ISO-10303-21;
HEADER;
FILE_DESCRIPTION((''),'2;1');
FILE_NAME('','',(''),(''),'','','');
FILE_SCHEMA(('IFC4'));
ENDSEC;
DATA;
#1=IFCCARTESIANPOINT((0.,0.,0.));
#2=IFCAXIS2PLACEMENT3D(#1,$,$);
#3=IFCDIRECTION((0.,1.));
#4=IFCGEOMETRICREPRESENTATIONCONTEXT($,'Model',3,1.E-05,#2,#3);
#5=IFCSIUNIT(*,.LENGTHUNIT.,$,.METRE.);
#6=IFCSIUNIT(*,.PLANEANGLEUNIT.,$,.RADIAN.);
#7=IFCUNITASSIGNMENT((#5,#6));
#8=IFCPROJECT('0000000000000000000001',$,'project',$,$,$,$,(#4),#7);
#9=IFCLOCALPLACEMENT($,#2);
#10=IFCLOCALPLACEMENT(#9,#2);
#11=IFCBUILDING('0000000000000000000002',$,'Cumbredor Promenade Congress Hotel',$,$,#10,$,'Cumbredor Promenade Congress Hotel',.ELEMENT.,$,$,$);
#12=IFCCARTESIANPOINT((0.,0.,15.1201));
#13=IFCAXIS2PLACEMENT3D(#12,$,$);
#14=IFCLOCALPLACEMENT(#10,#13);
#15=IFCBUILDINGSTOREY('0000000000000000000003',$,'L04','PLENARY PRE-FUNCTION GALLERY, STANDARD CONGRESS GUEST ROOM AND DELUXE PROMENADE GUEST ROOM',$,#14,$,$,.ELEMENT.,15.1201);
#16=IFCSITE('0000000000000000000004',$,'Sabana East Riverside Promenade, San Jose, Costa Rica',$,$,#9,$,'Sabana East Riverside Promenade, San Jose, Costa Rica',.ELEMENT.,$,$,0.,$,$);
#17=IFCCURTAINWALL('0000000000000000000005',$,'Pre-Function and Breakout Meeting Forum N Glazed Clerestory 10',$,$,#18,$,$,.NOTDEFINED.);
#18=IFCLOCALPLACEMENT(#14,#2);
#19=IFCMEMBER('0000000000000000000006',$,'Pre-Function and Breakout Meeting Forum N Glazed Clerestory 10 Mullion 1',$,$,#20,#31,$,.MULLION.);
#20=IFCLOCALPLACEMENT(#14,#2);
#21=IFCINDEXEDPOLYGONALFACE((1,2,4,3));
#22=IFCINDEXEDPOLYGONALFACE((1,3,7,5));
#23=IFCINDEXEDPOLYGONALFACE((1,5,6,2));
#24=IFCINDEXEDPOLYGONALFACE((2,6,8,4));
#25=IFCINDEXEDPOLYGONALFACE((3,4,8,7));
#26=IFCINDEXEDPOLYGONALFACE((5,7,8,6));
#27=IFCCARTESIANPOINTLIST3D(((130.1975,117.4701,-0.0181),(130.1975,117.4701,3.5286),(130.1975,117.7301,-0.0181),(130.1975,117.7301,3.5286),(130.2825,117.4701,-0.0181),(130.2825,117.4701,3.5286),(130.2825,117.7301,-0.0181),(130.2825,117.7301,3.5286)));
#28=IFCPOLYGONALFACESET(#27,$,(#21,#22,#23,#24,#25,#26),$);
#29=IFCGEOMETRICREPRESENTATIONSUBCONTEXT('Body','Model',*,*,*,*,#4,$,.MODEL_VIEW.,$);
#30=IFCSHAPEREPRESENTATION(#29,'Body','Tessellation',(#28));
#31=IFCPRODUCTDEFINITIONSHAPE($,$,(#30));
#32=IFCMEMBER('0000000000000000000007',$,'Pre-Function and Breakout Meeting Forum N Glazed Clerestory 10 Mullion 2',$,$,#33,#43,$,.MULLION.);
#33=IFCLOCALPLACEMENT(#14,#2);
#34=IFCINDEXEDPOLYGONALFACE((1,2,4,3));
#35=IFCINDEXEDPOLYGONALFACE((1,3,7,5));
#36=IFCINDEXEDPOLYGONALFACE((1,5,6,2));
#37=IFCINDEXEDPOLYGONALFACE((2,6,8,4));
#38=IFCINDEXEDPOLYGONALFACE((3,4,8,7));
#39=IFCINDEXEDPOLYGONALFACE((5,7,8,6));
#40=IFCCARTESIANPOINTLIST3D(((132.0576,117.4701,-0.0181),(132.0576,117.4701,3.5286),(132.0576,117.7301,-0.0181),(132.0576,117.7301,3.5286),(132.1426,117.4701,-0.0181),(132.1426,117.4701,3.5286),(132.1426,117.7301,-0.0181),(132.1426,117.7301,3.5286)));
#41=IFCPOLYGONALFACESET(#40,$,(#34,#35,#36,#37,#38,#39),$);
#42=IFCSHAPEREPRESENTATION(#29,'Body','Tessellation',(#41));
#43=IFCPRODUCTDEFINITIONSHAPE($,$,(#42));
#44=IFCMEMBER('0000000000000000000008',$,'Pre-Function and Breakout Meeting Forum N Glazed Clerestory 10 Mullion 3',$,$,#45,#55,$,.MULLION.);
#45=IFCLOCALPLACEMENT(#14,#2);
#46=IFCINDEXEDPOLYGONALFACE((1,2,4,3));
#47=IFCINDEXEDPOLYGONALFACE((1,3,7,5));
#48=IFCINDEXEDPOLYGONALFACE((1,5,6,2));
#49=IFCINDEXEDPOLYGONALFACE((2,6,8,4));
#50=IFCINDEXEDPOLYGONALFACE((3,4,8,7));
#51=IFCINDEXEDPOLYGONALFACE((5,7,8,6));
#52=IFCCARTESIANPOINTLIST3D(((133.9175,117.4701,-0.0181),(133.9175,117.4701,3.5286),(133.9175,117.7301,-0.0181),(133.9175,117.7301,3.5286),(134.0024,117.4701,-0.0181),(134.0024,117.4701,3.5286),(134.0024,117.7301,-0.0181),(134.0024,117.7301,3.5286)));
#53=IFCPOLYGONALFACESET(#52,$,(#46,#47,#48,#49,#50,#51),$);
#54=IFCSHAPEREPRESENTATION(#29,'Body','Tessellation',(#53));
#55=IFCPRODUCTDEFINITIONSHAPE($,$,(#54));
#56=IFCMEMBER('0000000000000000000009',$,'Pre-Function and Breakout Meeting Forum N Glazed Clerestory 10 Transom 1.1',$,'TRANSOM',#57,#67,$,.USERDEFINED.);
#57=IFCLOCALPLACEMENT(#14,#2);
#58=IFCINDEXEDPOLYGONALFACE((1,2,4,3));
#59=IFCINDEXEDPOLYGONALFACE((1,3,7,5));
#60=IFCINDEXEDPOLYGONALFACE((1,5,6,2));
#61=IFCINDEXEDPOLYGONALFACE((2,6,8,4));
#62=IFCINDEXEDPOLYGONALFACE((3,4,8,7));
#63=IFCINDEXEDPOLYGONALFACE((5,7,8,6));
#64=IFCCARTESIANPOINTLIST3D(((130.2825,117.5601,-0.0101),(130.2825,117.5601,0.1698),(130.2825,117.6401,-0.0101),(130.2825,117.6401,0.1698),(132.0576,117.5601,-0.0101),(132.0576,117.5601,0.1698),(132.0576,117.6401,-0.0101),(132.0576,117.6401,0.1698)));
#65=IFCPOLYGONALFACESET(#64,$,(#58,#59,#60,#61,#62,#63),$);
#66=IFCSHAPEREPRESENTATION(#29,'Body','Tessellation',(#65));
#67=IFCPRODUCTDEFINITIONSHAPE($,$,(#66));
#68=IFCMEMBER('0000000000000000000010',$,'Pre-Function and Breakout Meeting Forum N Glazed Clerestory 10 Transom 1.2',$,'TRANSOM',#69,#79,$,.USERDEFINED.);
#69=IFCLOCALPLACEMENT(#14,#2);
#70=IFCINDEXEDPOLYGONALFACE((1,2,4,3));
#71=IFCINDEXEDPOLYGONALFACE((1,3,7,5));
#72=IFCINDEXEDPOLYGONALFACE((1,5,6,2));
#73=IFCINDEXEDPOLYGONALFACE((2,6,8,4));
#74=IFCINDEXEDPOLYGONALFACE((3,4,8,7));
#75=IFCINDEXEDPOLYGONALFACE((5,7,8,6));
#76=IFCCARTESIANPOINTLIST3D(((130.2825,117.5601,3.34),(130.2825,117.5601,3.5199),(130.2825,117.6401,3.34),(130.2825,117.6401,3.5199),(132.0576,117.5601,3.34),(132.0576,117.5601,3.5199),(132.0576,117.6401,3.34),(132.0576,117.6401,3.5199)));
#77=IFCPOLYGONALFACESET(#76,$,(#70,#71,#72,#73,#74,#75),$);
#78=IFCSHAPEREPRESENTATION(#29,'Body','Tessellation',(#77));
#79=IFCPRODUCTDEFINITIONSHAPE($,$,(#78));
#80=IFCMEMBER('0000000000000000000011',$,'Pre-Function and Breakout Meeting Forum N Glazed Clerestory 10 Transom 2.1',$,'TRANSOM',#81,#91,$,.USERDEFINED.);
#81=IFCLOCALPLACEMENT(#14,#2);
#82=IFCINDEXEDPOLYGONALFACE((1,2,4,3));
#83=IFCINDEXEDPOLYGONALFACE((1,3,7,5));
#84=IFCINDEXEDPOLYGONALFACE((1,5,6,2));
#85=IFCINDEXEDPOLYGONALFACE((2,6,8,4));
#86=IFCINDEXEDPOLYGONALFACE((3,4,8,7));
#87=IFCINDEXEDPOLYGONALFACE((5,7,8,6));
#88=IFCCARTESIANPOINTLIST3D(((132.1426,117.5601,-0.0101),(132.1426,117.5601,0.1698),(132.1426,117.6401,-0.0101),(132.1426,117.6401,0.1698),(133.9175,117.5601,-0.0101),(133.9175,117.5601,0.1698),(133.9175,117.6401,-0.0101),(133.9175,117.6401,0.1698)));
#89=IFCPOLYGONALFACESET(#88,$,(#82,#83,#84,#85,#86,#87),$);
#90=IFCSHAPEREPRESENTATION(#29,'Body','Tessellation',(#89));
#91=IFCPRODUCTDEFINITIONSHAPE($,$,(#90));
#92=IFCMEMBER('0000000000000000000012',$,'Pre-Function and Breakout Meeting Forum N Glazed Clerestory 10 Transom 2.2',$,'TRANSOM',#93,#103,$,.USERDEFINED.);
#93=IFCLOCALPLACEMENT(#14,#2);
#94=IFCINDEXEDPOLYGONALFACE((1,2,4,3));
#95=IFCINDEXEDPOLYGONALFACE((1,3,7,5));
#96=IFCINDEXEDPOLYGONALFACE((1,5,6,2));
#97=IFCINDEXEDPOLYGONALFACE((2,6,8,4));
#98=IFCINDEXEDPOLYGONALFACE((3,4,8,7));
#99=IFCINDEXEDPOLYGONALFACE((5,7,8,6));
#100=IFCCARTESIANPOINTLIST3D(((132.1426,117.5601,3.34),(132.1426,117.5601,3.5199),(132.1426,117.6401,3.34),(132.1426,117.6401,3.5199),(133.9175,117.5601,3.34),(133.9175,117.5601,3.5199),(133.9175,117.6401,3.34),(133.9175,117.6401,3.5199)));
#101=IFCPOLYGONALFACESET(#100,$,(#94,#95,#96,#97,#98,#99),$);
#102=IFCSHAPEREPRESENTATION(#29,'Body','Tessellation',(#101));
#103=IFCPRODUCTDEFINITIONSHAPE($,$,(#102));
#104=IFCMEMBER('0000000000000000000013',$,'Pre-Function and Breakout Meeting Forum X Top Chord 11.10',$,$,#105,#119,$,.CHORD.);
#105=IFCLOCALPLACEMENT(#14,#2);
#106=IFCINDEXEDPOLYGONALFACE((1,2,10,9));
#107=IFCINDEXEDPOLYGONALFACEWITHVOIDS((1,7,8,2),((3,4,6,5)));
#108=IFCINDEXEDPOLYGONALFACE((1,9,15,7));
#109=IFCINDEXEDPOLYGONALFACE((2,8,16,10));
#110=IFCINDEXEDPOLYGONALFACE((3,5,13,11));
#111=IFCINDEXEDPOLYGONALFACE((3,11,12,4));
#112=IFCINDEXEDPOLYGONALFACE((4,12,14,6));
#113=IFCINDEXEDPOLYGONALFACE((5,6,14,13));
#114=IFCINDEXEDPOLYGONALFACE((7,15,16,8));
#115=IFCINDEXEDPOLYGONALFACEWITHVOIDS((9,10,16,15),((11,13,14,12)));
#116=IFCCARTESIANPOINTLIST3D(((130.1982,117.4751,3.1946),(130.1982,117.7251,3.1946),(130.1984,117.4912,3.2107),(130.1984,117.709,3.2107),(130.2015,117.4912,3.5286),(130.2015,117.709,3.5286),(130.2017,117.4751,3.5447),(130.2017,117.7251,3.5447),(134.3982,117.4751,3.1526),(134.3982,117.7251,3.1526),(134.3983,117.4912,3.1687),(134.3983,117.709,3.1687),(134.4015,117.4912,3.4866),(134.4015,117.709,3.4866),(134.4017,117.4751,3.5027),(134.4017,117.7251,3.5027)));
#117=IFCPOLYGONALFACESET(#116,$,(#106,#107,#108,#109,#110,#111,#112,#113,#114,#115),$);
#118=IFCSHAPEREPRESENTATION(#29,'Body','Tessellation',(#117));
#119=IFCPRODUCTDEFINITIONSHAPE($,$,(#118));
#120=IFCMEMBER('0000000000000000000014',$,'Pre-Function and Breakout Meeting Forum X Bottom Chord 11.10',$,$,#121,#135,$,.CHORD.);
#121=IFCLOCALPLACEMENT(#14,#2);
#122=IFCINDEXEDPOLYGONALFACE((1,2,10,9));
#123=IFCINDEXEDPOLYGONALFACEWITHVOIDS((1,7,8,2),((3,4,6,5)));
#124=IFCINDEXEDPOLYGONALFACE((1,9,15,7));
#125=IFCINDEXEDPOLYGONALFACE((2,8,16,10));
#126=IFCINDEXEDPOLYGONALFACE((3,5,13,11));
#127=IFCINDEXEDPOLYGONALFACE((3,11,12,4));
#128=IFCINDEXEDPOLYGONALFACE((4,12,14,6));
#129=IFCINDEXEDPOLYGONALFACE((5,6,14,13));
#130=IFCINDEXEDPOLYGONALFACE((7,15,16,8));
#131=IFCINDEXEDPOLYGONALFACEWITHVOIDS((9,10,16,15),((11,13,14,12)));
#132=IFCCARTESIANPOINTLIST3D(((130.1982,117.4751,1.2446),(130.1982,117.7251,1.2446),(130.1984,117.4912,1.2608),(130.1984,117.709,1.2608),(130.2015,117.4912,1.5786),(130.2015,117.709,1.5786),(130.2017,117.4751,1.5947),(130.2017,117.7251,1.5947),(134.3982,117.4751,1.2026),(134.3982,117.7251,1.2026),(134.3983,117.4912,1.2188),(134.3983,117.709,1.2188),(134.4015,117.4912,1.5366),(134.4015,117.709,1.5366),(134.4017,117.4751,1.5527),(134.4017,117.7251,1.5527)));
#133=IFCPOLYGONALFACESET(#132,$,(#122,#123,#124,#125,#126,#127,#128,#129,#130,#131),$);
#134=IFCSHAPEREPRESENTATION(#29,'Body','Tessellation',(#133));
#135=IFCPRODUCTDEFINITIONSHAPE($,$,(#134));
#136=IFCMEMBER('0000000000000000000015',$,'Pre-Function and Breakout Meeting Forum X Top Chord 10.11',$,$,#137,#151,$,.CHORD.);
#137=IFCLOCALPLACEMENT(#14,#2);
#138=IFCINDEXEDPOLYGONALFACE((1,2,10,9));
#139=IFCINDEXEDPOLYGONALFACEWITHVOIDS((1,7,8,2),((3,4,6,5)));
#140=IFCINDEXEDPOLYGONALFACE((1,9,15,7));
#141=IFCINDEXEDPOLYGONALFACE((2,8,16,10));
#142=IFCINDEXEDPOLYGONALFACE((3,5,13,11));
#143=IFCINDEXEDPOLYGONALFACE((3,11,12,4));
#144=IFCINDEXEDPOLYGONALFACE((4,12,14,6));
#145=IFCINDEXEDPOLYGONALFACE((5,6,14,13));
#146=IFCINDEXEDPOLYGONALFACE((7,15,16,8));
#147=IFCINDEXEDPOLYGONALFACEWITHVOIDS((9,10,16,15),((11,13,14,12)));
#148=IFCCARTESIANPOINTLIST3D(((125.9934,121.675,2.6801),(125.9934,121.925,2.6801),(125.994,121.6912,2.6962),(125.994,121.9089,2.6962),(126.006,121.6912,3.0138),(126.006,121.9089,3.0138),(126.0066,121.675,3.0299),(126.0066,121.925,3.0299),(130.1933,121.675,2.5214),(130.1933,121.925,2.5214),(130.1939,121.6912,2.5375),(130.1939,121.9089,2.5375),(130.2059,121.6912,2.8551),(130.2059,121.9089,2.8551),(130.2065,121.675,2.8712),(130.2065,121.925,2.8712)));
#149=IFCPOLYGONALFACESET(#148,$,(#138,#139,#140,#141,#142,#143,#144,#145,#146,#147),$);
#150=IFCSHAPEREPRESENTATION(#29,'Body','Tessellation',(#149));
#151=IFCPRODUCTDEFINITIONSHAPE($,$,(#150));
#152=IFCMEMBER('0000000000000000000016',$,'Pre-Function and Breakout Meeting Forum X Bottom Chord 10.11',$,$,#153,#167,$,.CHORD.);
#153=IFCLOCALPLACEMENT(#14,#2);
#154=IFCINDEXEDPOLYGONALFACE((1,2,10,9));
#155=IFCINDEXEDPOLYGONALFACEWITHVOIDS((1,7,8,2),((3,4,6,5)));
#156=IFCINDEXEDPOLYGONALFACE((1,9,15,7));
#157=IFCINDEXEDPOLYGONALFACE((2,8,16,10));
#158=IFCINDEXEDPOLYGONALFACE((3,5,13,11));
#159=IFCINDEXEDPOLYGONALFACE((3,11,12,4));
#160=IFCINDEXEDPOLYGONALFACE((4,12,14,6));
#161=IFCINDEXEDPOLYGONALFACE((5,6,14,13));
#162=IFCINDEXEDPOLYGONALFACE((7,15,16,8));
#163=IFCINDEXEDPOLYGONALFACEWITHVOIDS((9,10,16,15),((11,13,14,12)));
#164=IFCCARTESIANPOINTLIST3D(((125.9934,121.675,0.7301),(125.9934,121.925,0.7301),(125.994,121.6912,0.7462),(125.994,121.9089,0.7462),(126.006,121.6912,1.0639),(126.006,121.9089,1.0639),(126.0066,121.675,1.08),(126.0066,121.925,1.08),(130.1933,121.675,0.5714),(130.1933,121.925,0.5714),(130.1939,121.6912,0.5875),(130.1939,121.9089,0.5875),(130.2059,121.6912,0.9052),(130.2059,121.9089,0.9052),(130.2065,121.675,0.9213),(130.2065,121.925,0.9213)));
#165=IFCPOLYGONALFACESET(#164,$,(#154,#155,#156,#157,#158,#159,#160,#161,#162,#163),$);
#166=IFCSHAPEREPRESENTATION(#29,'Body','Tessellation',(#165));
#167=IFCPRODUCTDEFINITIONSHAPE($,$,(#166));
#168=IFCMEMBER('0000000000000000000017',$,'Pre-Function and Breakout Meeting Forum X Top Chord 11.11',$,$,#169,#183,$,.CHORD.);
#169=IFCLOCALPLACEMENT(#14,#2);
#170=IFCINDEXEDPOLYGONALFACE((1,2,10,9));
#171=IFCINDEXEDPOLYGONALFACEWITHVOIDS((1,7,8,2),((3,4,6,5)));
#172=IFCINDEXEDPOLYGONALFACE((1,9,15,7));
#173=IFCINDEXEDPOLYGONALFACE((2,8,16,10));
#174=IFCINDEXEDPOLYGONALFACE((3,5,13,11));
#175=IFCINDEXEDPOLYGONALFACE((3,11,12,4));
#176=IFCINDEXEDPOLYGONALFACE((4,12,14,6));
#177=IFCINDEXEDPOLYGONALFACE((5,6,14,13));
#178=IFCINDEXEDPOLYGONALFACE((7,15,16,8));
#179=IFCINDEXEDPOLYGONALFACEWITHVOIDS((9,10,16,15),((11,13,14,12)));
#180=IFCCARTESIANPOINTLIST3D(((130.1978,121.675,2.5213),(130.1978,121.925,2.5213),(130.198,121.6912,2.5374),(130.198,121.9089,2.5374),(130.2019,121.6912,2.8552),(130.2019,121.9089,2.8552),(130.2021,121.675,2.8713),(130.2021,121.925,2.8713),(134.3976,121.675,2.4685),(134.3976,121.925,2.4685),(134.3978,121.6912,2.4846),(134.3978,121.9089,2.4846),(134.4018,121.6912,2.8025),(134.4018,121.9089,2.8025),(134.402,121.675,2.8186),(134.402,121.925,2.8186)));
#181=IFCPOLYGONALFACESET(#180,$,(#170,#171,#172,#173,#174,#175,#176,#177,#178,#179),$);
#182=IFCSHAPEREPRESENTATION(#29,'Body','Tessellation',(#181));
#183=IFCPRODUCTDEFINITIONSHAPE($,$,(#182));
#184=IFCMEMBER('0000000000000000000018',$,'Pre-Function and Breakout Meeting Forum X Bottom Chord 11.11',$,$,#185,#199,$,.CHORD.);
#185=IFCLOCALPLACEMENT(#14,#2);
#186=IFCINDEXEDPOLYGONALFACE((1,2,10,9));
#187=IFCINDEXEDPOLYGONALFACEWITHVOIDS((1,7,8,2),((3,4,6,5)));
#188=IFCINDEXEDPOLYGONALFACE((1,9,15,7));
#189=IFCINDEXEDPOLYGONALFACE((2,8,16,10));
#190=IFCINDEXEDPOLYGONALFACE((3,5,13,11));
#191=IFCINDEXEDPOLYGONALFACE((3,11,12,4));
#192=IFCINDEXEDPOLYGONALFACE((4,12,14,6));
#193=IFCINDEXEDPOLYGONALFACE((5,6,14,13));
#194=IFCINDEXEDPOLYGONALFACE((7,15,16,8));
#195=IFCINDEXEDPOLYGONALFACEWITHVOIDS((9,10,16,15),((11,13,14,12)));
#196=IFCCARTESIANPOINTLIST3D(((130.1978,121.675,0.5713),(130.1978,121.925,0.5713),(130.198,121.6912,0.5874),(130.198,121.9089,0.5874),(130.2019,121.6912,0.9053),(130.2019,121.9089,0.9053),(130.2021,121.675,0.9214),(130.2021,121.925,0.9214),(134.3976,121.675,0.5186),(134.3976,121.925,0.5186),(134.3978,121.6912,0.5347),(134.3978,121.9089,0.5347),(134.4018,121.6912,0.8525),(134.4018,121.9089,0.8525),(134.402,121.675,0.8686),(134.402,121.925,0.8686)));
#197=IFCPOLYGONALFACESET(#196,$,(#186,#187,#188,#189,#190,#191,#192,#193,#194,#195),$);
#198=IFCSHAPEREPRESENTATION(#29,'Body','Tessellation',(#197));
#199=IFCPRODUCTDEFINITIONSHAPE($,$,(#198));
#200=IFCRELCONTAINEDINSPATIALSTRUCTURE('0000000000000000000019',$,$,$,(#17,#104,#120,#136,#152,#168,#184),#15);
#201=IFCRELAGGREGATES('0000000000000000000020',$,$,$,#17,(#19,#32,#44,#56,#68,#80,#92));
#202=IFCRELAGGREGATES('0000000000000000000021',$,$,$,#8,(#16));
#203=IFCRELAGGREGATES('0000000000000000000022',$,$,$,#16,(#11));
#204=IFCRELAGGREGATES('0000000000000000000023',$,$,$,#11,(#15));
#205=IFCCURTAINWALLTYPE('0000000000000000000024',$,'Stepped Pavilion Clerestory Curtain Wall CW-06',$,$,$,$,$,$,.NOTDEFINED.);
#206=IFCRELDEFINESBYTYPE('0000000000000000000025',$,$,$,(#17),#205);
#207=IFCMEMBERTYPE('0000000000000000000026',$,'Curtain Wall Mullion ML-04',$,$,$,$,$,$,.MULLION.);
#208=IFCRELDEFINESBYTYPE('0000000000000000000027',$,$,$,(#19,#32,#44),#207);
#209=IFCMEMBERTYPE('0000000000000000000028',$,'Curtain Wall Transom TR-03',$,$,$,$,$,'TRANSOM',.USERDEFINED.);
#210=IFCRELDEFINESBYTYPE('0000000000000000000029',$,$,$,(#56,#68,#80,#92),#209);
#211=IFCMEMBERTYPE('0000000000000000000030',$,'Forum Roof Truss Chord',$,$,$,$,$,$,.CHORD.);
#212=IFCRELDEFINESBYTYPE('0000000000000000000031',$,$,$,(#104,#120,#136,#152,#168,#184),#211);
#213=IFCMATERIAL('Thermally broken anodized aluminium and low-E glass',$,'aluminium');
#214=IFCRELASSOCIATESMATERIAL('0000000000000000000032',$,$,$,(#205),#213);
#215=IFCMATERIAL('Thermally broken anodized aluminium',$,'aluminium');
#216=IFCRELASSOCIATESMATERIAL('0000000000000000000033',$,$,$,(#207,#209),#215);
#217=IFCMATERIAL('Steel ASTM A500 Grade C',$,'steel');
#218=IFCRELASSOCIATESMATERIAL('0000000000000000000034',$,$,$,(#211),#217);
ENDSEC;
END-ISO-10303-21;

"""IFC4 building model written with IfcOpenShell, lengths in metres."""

from ifc_helpers import new_model, si_unit, direction, frame, origin, origin_2d, place, context, subcontext, project, spatial, rectangle, hollow_rectangle, extrude, material, material_profile, profile_set, type_object, element, aggregate, save


model = new_model("IFC4")

# Units and contexts
model_context = context("Model", 3, precision=1e-05, world=origin(), true_north=direction((0.0, 1.0)))
body_context = subcontext(model_context, "Body", "Model", "MODEL_VIEW")
ifc_project = project(units=[si_unit("LENGTHUNIT", "METRE"), si_unit("PLANEANGLEUNIT", "RADIAN")], contexts=[model_context])

# Site, building, storey
site_placement = place(None, origin())
site = spatial("IfcSite", under=ifc_project, at=site_placement, Name="Sabana East Riverside Promenade, San Jose, Costa Rica", LongName="Sabana East Riverside Promenade, San Jose, Costa Rica", CompositionType="ELEMENT", RefElevation=0.0)
building_placement = place(site_placement, origin())
building = spatial("IfcBuilding", under=site, at=building_placement, Name="Cumbredor Promenade Congress Hotel", LongName="Cumbredor Promenade Congress Hotel", CompositionType="ELEMENT")
storey_placement = place(building_placement, frame((0.0, 0.0, 15.1201)))
storey = spatial("IfcBuildingStorey", under=building, at=storey_placement, Name="L04", Description="PLENARY PRE-FUNCTION GALLERY, STANDARD CONGRESS GUEST ROOM AND DELUXE PROMENADE GUEST ROOM", CompositionType="ELEMENT", Elevation=15.1201)

# Curtain wall, members
ifc_material_1 = material(Name="Thermally broken anodized aluminium and low-E glass", Category="aluminium")
curtain_wall_type = type_object("IfcCurtainWallType", Name="Stepped Pavilion Clerestory Curtain Wall CW-06", PredefinedType="NOTDEFINED", material=ifc_material_1)
curtain_wall_placement = place(storey_placement, origin())
curtain_wall = element("IfcCurtainWall", 1, at=curtain_wall_placement, inside=storey, type_object=curtain_wall_type, Name="Pre-Function and Breakout Meeting Forum N Glazed Clerestory 10", PredefinedType="NOTDEFINED")
ifc_material_2 = material(Name="Thermally broken anodized aluminium", Category="aluminium")
ifc_material_profile_1 = material_profile(ifc_material_2, rectangle(XDim=0.085, YDim=0.26, at=origin_2d()), Name="ALU MULLION CLERESTORY 85x260")
ifc_profile_set_1 = profile_set([ifc_material_profile_1], Name="Thermally broken anodized aluminium")
member_type_1 = type_object("IfcMemberType", Name="Curtain Wall Mullion ML-04", PredefinedType="MULLION", material=ifc_profile_set_1)
member_1_placement = place(storey_placement, frame((130.24, 117.6001, -0.0181), z_axis=(0.0, 0.0, 1.0), x_axis=(1.0, 0.0, 0.0)))
member_1 = element("IfcMember", 2, at=member_1_placement, type_object=member_type_1, Name="Pre-Function and Breakout Meeting Forum N Glazed Clerestory 10 Mullion 1", PredefinedType="MULLION", context=body_context, shape_type="SweptSolid", body=[
    extrude(rectangle(XDim=0.085, YDim=0.26, at=origin_2d()), origin(), (0.0, 0.0, 1.0), 3.5466),
])
member_2_placement = place(storey_placement, frame((132.1001, 117.6001, -0.0181), z_axis=(0.0, 0.0, 1.0), x_axis=(1.0, 0.0, 0.0)))
member_2 = element("IfcMember", 3, at=member_2_placement, type_object=member_type_1, Name="Pre-Function and Breakout Meeting Forum N Glazed Clerestory 10 Mullion 2", PredefinedType="MULLION", context=body_context, shape_type="SweptSolid", body=[
    extrude(rectangle(XDim=0.085, YDim=0.26, at=origin_2d()), origin(), (0.0, 0.0, 1.0), 3.5466),
])
member_3_placement = place(storey_placement, frame((133.96, 117.6001, -0.0181), z_axis=(0.0, 0.0, 1.0), x_axis=(1.0, 0.0, 0.0)))
member_3 = element("IfcMember", 4, at=member_3_placement, type_object=member_type_1, Name="Pre-Function and Breakout Meeting Forum N Glazed Clerestory 10 Mullion 3", PredefinedType="MULLION", context=body_context, shape_type="SweptSolid", body=[
    extrude(rectangle(XDim=0.085, YDim=0.26, at=origin_2d()), origin(), (0.0, 0.0, 1.0), 3.5466),
])
ifc_material_profile_2 = material_profile(ifc_material_2, rectangle(XDim=0.0801, YDim=0.1799, at=origin_2d()), Name="ALU TRANSOM 80x180")
ifc_profile_set_2 = profile_set([ifc_material_profile_2], Name="Thermally broken anodized aluminium")
member_type_2 = type_object("IfcMemberType", Name="Curtain Wall Transom TR-03", ElementType="TRANSOM", PredefinedType="USERDEFINED", material=ifc_profile_set_2)
member_4_placement = place(storey_placement, frame((130.2825, 117.6001, 0.0798), z_axis=(1.0, 0.0, 0.0), x_axis=(0.0, 1.0, 0.0)))
member_4 = element("IfcMember", 5, at=member_4_placement, type_object=member_type_2, Name="Pre-Function and Breakout Meeting Forum N Glazed Clerestory 10 Transom 1.1", ObjectType="TRANSOM", PredefinedType="USERDEFINED", context=body_context, shape_type="SweptSolid", body=[
    extrude(rectangle(XDim=0.0801, YDim=0.1799, at=origin_2d()), origin(), (0.0, 0.0, 1.0), 1.7751),
])
member_5_placement = place(storey_placement, frame((130.2825, 117.6001, 3.4299), z_axis=(1.0, 0.0, 0.0), x_axis=(0.0, 1.0, 0.0)))
member_5 = element("IfcMember", 6, at=member_5_placement, type_object=member_type_2, Name="Pre-Function and Breakout Meeting Forum N Glazed Clerestory 10 Transom 1.2", ObjectType="TRANSOM", PredefinedType="USERDEFINED", context=body_context, shape_type="SweptSolid", body=[
    extrude(rectangle(XDim=0.0801, YDim=0.1799, at=origin_2d()), origin(), (0.0, 0.0, 1.0), 1.7751),
])
member_6_placement = place(storey_placement, frame((132.1426, 117.6001, 0.0798), z_axis=(1.0, 0.0, 0.0), x_axis=(0.0, 1.0, 0.0)))
member_6 = element("IfcMember", 7, at=member_6_placement, type_object=member_type_2, Name="Pre-Function and Breakout Meeting Forum N Glazed Clerestory 10 Transom 2.1", ObjectType="TRANSOM", PredefinedType="USERDEFINED", context=body_context, shape_type="SweptSolid", body=[
    extrude(rectangle(XDim=0.0801, YDim=0.1799, at=origin_2d()), origin(), (0.0, 0.0, 1.0), 1.7749),
])
member_7_placement = place(storey_placement, frame((132.1426, 117.6001, 3.4299), z_axis=(1.0, 0.0, 0.0), x_axis=(0.0, 1.0, 0.0)))
member_7 = element("IfcMember", 8, at=member_7_placement, type_object=member_type_2, Name="Pre-Function and Breakout Meeting Forum N Glazed Clerestory 10 Transom 2.2", ObjectType="TRANSOM", PredefinedType="USERDEFINED", context=body_context, shape_type="SweptSolid", body=[
    extrude(rectangle(XDim=0.0801, YDim=0.1799, at=origin_2d()), origin(), (0.0, 0.0, 1.0), 1.7749),
])

# Members
ifc_material_3 = material(Name="Steel ASTM A500 Grade C", Category="steel")
ifc_material_profile_3 = material_profile(ifc_material_3, hollow_rectangle(XDim=0.25, YDim=0.3501, WallThickness=0.0161, at=origin_2d()), Name="HSS 350x250x16")
ifc_profile_set_3 = profile_set([ifc_material_profile_3], Name="Steel ASTM A500 Grade C")
member_type_3 = type_object("IfcMemberType", Name="Forum Roof Truss Chord", PredefinedType="CHORD", material=ifc_profile_set_3)
for number, where, z_axis, x_axis, name in (
    (9, (130.2, 117.6001, 3.3696), (0.99995, 0.0, -0.009998), (0.0, 1.0, 0.0), "Pre-Function and Breakout Meeting Forum X Top Chord 11.10"),
    (10, (130.2, 117.6001, 1.4197), (0.99995, 0.0, -0.009998), (0.0, 1.0, 0.0), "Pre-Function and Breakout Meeting Forum X Bottom Chord 11.10"),
):
    element("IfcMember", number, at=place(storey_placement, frame(where, z_axis=z_axis, x_axis=x_axis)), inside=storey, type_object=member_type_3, Name=name, PredefinedType="CHORD", context=body_context, shape_type="SweptSolid", body=[
        extrude(hollow_rectangle(XDim=0.25, YDim=0.3501, WallThickness=0.0161, at=origin_2d()), origin(), (0.0, 0.0, 1.0), 4.2002),
    ])
for number, where, z_axis, x_axis, name in (
    (11, (126.0, 121.8, 2.855), (0.999287, 0.0, -0.037757), (0.0, 1.0, 0.0), "Pre-Function and Breakout Meeting Forum X Top Chord 10.11"),
    (12, (126.0, 121.8, 0.905), (0.999287, 0.0, -0.037757), (0.0, 1.0, 0.0), "Pre-Function and Breakout Meeting Forum X Bottom Chord 10.11"),
):
    element("IfcMember", number, at=place(storey_placement, frame(where, z_axis=z_axis, x_axis=x_axis)), inside=storey, type_object=member_type_3, Name=name, PredefinedType="CHORD", context=body_context, shape_type="SweptSolid", body=[
        extrude(hollow_rectangle(XDim=0.25, YDim=0.3501, WallThickness=0.0161, at=origin_2d()), origin(), (0.0, 0.0, 1.0), 4.2029),
    ])
for number, where, z_axis, x_axis, name in (
    (13, (130.2, 121.8, 2.6963), (0.999921, 0.0, -0.012555), (0.0, 1.0, 0.0), "Pre-Function and Breakout Meeting Forum X Top Chord 11.11"),
    (14, (130.2, 121.8, 0.7463), (0.999921, 0.0, -0.012555), (0.0, 1.0, 0.0), "Pre-Function and Breakout Meeting Forum X Bottom Chord 11.11"),
):
    element("IfcMember", number, at=place(storey_placement, frame(where, z_axis=z_axis, x_axis=x_axis)), inside=storey, type_object=member_type_3, Name=name, PredefinedType="CHORD", context=body_context, shape_type="SweptSolid", body=[
        extrude(hollow_rectangle(XDim=0.25, YDim=0.3501, WallThickness=0.0161, at=origin_2d()), origin(), (0.0, 0.0, 1.0), 4.2002),
    ])

aggregate(curtain_wall, [member_1, member_2, member_3, member_4, member_5, member_6, member_7])

save(model, "model.ifc")
